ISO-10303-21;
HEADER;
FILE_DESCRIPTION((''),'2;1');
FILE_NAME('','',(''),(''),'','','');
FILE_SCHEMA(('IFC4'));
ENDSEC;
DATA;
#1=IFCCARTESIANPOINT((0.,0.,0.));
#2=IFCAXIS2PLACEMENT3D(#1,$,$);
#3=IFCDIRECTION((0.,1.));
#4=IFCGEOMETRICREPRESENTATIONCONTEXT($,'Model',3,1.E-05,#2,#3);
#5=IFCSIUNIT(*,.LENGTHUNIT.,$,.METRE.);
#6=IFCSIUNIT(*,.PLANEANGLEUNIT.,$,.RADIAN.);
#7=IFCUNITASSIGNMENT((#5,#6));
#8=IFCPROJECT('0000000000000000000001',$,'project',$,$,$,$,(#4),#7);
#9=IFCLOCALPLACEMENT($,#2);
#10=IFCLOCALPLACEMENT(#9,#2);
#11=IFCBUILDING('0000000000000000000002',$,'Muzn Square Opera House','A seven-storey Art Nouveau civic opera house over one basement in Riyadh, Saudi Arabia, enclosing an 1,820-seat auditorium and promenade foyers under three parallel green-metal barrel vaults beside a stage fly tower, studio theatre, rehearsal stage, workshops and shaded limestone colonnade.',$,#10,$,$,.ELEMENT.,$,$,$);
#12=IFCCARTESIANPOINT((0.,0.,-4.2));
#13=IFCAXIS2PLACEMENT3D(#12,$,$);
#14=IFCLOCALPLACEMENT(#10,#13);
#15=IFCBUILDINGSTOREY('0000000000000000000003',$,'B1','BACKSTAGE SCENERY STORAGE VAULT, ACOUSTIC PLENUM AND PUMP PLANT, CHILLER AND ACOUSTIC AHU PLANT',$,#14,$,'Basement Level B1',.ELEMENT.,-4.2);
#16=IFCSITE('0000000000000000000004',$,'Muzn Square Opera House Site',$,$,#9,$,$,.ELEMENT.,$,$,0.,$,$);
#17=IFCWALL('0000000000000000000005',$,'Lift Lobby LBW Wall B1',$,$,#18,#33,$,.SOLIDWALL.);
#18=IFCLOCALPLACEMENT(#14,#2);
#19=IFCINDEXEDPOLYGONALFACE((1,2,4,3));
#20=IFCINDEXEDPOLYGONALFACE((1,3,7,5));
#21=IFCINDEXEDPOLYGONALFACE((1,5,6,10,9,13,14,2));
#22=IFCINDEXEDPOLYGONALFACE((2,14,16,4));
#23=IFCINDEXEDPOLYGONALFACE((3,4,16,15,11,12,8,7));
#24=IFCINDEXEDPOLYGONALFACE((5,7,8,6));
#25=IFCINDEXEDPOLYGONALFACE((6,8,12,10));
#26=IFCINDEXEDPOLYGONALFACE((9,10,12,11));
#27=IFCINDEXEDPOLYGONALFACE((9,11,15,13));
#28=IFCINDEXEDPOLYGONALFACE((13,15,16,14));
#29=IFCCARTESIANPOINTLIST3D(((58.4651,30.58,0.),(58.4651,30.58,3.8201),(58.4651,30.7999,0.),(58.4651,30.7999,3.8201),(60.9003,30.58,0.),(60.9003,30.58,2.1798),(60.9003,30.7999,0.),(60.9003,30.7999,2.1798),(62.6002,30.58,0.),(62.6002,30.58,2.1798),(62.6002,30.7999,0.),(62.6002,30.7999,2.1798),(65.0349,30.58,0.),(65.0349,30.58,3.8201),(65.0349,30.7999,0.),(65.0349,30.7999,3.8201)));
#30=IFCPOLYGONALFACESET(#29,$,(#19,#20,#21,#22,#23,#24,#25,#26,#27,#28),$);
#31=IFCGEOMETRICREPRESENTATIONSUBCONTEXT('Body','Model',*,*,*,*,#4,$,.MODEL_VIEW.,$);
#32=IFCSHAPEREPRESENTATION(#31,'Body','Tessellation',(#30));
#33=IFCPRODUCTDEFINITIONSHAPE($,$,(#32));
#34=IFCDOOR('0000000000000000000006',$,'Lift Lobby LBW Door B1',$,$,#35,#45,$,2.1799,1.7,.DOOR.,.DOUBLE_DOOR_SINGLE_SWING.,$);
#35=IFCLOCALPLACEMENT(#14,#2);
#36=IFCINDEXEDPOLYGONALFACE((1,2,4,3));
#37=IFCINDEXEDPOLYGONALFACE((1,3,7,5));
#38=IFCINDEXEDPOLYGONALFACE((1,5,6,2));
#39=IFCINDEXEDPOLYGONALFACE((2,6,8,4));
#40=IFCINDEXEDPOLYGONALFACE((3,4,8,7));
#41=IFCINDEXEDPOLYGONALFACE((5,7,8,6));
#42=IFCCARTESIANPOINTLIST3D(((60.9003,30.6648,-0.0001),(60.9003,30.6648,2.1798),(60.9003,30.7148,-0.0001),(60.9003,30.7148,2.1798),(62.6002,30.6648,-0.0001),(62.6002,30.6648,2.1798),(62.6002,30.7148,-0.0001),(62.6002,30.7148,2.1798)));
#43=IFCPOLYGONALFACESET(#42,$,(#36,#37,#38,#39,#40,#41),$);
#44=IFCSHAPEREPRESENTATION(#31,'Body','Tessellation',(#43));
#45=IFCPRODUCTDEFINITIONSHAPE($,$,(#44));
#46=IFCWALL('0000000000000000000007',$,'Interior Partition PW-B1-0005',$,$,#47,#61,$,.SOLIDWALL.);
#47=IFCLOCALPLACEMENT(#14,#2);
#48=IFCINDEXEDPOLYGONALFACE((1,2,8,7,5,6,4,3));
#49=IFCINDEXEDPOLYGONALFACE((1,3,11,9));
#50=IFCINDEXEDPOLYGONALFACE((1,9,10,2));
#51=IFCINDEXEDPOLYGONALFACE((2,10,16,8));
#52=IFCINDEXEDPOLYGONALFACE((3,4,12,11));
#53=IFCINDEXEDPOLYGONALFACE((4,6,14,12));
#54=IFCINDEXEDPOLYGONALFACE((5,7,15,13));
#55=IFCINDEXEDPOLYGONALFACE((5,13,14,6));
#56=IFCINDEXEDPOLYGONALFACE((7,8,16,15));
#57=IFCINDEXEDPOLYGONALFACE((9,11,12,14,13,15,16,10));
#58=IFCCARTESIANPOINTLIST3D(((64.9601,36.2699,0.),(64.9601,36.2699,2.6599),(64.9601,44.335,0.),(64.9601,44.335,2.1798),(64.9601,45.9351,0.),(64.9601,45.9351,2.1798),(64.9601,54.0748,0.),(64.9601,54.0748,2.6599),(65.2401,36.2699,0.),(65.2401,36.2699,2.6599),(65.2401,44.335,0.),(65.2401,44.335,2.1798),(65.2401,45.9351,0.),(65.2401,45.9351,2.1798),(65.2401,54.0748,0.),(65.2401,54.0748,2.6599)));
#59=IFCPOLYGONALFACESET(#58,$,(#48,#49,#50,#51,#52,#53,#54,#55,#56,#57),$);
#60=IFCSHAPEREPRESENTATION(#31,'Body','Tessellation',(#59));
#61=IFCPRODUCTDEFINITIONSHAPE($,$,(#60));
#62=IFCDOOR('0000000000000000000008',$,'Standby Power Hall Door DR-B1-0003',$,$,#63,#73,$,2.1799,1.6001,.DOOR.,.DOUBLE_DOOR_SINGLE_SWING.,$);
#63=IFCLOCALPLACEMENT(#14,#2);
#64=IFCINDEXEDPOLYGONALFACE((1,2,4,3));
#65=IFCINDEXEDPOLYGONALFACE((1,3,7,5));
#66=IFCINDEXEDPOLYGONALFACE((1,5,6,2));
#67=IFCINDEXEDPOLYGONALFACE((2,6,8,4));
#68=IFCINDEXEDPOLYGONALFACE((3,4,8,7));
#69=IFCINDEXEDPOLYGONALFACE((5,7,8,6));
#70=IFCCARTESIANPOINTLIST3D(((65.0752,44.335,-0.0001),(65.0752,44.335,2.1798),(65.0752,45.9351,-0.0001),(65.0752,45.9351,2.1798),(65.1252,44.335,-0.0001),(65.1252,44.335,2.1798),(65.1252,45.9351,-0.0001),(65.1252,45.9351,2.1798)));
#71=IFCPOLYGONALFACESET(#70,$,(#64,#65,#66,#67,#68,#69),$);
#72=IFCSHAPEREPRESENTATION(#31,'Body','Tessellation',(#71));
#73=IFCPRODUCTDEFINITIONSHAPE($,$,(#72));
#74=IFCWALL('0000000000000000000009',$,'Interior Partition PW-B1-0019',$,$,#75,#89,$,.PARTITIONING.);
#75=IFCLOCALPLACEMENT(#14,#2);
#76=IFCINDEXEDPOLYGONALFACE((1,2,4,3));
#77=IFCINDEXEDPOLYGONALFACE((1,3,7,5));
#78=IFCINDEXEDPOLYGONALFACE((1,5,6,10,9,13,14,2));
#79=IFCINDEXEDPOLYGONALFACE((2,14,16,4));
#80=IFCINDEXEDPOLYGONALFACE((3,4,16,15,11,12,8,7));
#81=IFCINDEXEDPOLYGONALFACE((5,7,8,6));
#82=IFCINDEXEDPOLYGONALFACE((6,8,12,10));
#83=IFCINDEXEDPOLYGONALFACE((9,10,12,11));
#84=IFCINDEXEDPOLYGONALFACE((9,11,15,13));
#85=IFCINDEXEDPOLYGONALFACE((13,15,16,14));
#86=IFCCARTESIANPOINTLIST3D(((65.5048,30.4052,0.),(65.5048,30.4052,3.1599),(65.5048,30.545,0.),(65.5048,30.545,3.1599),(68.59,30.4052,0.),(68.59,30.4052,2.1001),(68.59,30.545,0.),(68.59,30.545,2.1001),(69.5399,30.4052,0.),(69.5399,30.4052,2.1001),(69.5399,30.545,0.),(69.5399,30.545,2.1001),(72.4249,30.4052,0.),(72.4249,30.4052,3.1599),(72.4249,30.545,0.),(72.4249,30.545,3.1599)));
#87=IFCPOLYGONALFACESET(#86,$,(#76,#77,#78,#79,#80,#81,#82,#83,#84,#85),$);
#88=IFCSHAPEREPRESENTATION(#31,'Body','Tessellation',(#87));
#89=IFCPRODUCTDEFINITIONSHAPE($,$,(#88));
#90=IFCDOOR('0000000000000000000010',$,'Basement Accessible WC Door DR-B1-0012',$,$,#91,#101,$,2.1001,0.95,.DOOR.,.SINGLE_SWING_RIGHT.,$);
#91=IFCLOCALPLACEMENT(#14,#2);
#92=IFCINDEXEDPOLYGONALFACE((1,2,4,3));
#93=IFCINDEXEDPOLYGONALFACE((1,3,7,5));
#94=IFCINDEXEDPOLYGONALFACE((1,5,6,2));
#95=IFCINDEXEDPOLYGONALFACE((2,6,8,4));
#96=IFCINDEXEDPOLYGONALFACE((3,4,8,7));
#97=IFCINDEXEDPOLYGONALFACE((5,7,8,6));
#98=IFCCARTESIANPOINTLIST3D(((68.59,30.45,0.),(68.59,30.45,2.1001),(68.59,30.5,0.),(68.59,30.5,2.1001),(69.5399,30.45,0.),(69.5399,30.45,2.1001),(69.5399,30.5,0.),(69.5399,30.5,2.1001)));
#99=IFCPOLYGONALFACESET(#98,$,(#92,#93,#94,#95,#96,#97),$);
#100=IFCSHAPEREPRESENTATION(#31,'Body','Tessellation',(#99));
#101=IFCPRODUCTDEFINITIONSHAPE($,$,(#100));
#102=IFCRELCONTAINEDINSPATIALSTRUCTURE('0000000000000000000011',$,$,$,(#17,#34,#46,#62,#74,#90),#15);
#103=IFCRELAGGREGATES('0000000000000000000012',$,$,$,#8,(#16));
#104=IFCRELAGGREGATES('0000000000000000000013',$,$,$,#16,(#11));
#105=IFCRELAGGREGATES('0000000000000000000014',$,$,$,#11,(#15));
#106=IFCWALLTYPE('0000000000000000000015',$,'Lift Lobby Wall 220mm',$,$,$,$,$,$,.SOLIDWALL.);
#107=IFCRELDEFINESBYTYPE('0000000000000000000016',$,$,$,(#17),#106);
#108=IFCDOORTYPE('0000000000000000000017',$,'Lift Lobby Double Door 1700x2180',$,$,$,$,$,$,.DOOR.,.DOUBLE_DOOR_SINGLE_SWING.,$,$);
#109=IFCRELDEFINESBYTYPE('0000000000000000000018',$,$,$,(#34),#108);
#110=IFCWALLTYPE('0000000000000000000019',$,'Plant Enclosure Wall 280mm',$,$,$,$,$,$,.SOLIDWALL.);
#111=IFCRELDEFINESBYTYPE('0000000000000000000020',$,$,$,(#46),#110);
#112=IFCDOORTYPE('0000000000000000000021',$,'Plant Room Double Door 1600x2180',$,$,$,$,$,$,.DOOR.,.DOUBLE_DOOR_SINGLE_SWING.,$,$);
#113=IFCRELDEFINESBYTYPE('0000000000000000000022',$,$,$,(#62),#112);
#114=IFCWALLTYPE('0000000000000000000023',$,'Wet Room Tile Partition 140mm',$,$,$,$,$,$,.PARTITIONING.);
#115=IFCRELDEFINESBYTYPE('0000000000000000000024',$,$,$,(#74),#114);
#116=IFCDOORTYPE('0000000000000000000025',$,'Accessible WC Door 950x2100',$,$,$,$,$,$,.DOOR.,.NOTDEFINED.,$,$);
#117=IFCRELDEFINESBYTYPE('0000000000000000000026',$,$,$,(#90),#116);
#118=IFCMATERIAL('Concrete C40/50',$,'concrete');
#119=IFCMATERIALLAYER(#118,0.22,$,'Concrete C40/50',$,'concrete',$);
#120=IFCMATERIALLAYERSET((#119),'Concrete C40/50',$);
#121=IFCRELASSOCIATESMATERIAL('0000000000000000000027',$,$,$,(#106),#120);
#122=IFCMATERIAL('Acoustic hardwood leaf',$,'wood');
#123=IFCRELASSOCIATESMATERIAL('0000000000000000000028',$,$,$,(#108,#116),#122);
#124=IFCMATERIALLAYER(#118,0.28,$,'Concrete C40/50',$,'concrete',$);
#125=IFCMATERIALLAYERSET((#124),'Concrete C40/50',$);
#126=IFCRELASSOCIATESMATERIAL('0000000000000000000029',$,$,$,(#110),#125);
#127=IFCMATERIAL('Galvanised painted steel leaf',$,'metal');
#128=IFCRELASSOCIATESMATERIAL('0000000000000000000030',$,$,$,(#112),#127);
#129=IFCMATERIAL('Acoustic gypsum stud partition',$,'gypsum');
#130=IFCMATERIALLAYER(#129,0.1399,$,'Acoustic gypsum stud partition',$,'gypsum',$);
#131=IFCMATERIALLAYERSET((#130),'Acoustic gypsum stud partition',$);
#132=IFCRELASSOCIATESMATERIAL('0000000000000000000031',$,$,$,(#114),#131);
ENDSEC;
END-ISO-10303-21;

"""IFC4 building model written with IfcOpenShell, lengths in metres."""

from ifc_helpers import new_model, si_unit, direction, frame, frame_2d, origin, place, context, subcontext, project, spatial, rectangle, extrude, material, layer, layer_set, type_object, element, fill, save


model = new_model("IFC4")

# Units and contexts
model_context = context("Model", 3, precision=1e-05, world=origin(), true_north=direction((0.0, 1.0)))
body_context = subcontext(model_context, "Body", "Model", "MODEL_VIEW")
ifc_project = project(units=[si_unit("LENGTHUNIT", "METRE"), si_unit("PLANEANGLEUNIT", "RADIAN")], contexts=[model_context])

# Site, building, storey
site_placement = place(None, origin())
site = spatial("IfcSite", under=ifc_project, at=site_placement, Name="Muzn Square Opera House Site", CompositionType="ELEMENT", RefElevation=0.0)
building_placement = place(site_placement, origin())
building = spatial("IfcBuilding", under=site, at=building_placement, Name="Muzn Square Opera House", Description="A seven-storey Art Nouveau civic opera house over one basement in Riyadh, Saudi Arabia, enclosing an 1,820-seat auditorium and promenade foyers under three parallel green-metal barrel vaults beside a stage fly tower, studio theatre, rehearsal stage, workshops and shaded limestone colonnade.", CompositionType="ELEMENT")
storey_placement = place(building_placement, frame((0.0, 0.0, -4.2)))
storey = spatial("IfcBuildingStorey", under=building, at=storey_placement, Name="B1", Description="BACKSTAGE SCENERY STORAGE VAULT, ACOUSTIC PLENUM AND PUMP PLANT, CHILLER AND ACOUSTIC AHU PLANT", LongName="Basement Level B1", CompositionType="ELEMENT", Elevation=-4.2)

# Shared definitions
ifc_material_1 = material(Name="Concrete C40/50", Category="concrete")

# Walls, openings, doors
ifc_layer_1 = layer(ifc_material_1, 0.22, Name="Concrete C40/50", Category="concrete")
ifc_layer_set_1 = layer_set([ifc_layer_1], Name="Concrete C40/50")
wall_type_1 = type_object("IfcWallType", Name="Lift Lobby Wall 220mm", PredefinedType="SOLIDWALL", material=ifc_layer_set_1)
wall_1_placement = place(storey_placement, frame((58.4651, 30.6899, 0.0), z_axis=(0.0, 0.0, 1.0), x_axis=(1.0, 0.0, 0.0)))
wall_1 = element("IfcWall", 1, at=wall_1_placement, inside=storey, type_object=wall_type_1, Name="Lift Lobby LBW Wall B1", PredefinedType="SOLIDWALL", context=body_context, shape_type="SweptSolid", body=[
    extrude(rectangle(XDim=6.5698, YDim=0.22, at=frame_2d((3.2849, 0.0))), origin(), (0.0, 0.0, 1.0), 3.8201),
])
opening_1_placement = place(wall_1_placement, frame((2.4351, 0.0, 0.0)))
opening_1 = element("IfcOpeningElement", 2, at=opening_1_placement, cuts=wall_1, PredefinedType="OPENING", context=body_context, shape_type="SweptSolid", body=[
    extrude(rectangle(XDim=1.7, YDim=2.1799, at=frame_2d((0.8501, 1.0898))), frame((0.0, 0.1199, 0.0), z_axis=(0.0, -1.0, 0.0), x_axis=(1.0, 0.0, 0.0)), (0.0, 0.0, 1.0), 0.24),
])
ifc_material_2 = material(Name="Acoustic hardwood leaf", Category="wood")
door_type_1 = type_object("IfcDoorType", Name="Lift Lobby Double Door 1700x2180", OperationType="DOUBLE_DOOR_SINGLE_SWING", PredefinedType="DOOR", material=ifc_material_2)
door_1_placement = place(opening_1_placement, origin())
door_1 = element("IfcDoor", 3, at=door_1_placement, inside=storey, type_object=door_type_1, Name="Lift Lobby LBW Door B1", OperationType="DOUBLE_DOOR_SINGLE_SWING", OverallHeight=2.1799, OverallWidth=1.7, PredefinedType="DOOR", context=body_context, shape_type="SweptSolid", body=[
    extrude(rectangle(XDim=1.7, YDim=2.1799, at=frame_2d((0.8501, 1.0898))), frame((0.0, 0.0249, 0.0), z_axis=(0.0, -1.0, 0.0), x_axis=(1.0, 0.0, 0.0)), (0.0, 0.0, 1.0), 0.05),
])
fill(opening_1, door_1)
ifc_layer_2 = layer(ifc_material_1, 0.28, Name="Concrete C40/50", Category="concrete")
ifc_layer_set_2 = layer_set([ifc_layer_2], Name="Concrete C40/50")
wall_type_2 = type_object("IfcWallType", Name="Plant Enclosure Wall 280mm", PredefinedType="SOLIDWALL", material=ifc_layer_set_2)
wall_2_placement = place(storey_placement, frame((65.1001, 36.27, 0.0), z_axis=(0.0, 0.0, 1.0), x_axis=(0.0, 1.0, 0.0)))
wall_2 = element("IfcWall", 4, at=wall_2_placement, inside=storey, type_object=wall_type_2, Name="Interior Partition PW-B1-0005", PredefinedType="SOLIDWALL", context=body_context, shape_type="SweptSolid", body=[
    extrude(rectangle(XDim=17.8049, YDim=0.28, at=frame_2d((8.9023, 0.0))), origin(), (0.0, 0.0, 1.0), 2.6599),
])
opening_2_placement = place(wall_2_placement, frame((8.0649, 0.0, 0.0)))
opening_2 = element("IfcOpeningElement", 5, at=opening_2_placement, cuts=wall_2, PredefinedType="OPENING", context=body_context, shape_type="SweptSolid", body=[
    extrude(rectangle(XDim=1.6001, YDim=2.1799, at=frame_2d((0.8, 1.0898))), frame((0.0, 0.1499, 0.0), z_axis=(0.0, -1.0, 0.0), x_axis=(1.0, 0.0, 0.0)), (0.0, 0.0, 1.0), 0.3),
])
ifc_material_3 = material(Name="Galvanised painted steel leaf", Category="metal")
door_type_2 = type_object("IfcDoorType", Name="Plant Room Double Door 1600x2180", OperationType="DOUBLE_DOOR_SINGLE_SWING", PredefinedType="DOOR", material=ifc_material_3)
door_2_placement = place(opening_2_placement, origin())
door_2 = element("IfcDoor", 6, at=door_2_placement, inside=storey, type_object=door_type_2, Name="Standby Power Hall Door DR-B1-0003", OperationType="DOUBLE_DOOR_SINGLE_SWING", OverallHeight=2.1799, OverallWidth=1.6001, PredefinedType="DOOR", context=body_context, shape_type="SweptSolid", body=[
    extrude(rectangle(XDim=1.6001, YDim=2.1799, at=frame_2d((0.8, 1.0898))), frame((0.0, 0.0249, 0.0), z_axis=(0.0, -1.0, 0.0), x_axis=(1.0, 0.0, 0.0)), (0.0, 0.0, 1.0), 0.05),
])
fill(opening_2, door_2)
ifc_material_4 = material(Name="Acoustic gypsum stud partition", Category="gypsum")
ifc_layer_3 = layer(ifc_material_4, 0.1399, Name="Acoustic gypsum stud partition", Category="gypsum")
ifc_layer_set_3 = layer_set([ifc_layer_3], Name="Acoustic gypsum stud partition")
wall_type_3 = type_object("IfcWallType", Name="Wet Room Tile Partition 140mm", PredefinedType="PARTITIONING", material=ifc_layer_set_3)
wall_3_placement = place(storey_placement, frame((65.5049, 30.4751, 0.0), z_axis=(0.0, 0.0, 1.0), x_axis=(1.0, 0.0, 0.0)))
wall_3 = element("IfcWall", 7, at=wall_3_placement, inside=storey, type_object=wall_type_3, Name="Interior Partition PW-B1-0019", PredefinedType="PARTITIONING", context=body_context, shape_type="SweptSolid", body=[
    extrude(rectangle(XDim=6.9202, YDim=0.1399, at=frame_2d((3.46, 0.0))), origin(), (0.0, 0.0, 1.0), 3.1599),
])
opening_3_placement = place(wall_3_placement, frame((3.085, 0.0, 0.0)))
opening_3 = element("IfcOpeningElement", 8, at=opening_3_placement, cuts=wall_3, PredefinedType="OPENING", context=body_context, shape_type="SweptSolid", body=[
    extrude(rectangle(XDim=0.95, YDim=2.1001, at=frame_2d((0.4751, 1.05))), frame((0.0, 0.0798, 0.0), z_axis=(0.0, -1.0, 0.0), x_axis=(1.0, 0.0, 0.0)), (0.0, 0.0, 1.0), 0.1599),
])
door_type_3 = type_object("IfcDoorType", Name="Accessible WC Door 950x2100", OperationType="NOTDEFINED", PredefinedType="DOOR", material=ifc_material_2)
door_3_placement = place(opening_3_placement, origin())
door_3 = element("IfcDoor", 9, at=door_3_placement, inside=storey, type_object=door_type_3, Name="Basement Accessible WC Door DR-B1-0012", OperationType="SINGLE_SWING_RIGHT", OverallHeight=2.1001, OverallWidth=0.95, PredefinedType="DOOR", context=body_context, shape_type="SweptSolid", body=[
    extrude(rectangle(XDim=0.95, YDim=2.1001, at=frame_2d((0.4751, 1.05))), frame((0.0, 0.0249, 0.0), z_axis=(0.0, -1.0, 0.0), x_axis=(1.0, 0.0, 0.0)), (0.0, 0.0, 1.0), 0.05),
])
fill(opening_3, door_3)

save(model, "model.ifc")
